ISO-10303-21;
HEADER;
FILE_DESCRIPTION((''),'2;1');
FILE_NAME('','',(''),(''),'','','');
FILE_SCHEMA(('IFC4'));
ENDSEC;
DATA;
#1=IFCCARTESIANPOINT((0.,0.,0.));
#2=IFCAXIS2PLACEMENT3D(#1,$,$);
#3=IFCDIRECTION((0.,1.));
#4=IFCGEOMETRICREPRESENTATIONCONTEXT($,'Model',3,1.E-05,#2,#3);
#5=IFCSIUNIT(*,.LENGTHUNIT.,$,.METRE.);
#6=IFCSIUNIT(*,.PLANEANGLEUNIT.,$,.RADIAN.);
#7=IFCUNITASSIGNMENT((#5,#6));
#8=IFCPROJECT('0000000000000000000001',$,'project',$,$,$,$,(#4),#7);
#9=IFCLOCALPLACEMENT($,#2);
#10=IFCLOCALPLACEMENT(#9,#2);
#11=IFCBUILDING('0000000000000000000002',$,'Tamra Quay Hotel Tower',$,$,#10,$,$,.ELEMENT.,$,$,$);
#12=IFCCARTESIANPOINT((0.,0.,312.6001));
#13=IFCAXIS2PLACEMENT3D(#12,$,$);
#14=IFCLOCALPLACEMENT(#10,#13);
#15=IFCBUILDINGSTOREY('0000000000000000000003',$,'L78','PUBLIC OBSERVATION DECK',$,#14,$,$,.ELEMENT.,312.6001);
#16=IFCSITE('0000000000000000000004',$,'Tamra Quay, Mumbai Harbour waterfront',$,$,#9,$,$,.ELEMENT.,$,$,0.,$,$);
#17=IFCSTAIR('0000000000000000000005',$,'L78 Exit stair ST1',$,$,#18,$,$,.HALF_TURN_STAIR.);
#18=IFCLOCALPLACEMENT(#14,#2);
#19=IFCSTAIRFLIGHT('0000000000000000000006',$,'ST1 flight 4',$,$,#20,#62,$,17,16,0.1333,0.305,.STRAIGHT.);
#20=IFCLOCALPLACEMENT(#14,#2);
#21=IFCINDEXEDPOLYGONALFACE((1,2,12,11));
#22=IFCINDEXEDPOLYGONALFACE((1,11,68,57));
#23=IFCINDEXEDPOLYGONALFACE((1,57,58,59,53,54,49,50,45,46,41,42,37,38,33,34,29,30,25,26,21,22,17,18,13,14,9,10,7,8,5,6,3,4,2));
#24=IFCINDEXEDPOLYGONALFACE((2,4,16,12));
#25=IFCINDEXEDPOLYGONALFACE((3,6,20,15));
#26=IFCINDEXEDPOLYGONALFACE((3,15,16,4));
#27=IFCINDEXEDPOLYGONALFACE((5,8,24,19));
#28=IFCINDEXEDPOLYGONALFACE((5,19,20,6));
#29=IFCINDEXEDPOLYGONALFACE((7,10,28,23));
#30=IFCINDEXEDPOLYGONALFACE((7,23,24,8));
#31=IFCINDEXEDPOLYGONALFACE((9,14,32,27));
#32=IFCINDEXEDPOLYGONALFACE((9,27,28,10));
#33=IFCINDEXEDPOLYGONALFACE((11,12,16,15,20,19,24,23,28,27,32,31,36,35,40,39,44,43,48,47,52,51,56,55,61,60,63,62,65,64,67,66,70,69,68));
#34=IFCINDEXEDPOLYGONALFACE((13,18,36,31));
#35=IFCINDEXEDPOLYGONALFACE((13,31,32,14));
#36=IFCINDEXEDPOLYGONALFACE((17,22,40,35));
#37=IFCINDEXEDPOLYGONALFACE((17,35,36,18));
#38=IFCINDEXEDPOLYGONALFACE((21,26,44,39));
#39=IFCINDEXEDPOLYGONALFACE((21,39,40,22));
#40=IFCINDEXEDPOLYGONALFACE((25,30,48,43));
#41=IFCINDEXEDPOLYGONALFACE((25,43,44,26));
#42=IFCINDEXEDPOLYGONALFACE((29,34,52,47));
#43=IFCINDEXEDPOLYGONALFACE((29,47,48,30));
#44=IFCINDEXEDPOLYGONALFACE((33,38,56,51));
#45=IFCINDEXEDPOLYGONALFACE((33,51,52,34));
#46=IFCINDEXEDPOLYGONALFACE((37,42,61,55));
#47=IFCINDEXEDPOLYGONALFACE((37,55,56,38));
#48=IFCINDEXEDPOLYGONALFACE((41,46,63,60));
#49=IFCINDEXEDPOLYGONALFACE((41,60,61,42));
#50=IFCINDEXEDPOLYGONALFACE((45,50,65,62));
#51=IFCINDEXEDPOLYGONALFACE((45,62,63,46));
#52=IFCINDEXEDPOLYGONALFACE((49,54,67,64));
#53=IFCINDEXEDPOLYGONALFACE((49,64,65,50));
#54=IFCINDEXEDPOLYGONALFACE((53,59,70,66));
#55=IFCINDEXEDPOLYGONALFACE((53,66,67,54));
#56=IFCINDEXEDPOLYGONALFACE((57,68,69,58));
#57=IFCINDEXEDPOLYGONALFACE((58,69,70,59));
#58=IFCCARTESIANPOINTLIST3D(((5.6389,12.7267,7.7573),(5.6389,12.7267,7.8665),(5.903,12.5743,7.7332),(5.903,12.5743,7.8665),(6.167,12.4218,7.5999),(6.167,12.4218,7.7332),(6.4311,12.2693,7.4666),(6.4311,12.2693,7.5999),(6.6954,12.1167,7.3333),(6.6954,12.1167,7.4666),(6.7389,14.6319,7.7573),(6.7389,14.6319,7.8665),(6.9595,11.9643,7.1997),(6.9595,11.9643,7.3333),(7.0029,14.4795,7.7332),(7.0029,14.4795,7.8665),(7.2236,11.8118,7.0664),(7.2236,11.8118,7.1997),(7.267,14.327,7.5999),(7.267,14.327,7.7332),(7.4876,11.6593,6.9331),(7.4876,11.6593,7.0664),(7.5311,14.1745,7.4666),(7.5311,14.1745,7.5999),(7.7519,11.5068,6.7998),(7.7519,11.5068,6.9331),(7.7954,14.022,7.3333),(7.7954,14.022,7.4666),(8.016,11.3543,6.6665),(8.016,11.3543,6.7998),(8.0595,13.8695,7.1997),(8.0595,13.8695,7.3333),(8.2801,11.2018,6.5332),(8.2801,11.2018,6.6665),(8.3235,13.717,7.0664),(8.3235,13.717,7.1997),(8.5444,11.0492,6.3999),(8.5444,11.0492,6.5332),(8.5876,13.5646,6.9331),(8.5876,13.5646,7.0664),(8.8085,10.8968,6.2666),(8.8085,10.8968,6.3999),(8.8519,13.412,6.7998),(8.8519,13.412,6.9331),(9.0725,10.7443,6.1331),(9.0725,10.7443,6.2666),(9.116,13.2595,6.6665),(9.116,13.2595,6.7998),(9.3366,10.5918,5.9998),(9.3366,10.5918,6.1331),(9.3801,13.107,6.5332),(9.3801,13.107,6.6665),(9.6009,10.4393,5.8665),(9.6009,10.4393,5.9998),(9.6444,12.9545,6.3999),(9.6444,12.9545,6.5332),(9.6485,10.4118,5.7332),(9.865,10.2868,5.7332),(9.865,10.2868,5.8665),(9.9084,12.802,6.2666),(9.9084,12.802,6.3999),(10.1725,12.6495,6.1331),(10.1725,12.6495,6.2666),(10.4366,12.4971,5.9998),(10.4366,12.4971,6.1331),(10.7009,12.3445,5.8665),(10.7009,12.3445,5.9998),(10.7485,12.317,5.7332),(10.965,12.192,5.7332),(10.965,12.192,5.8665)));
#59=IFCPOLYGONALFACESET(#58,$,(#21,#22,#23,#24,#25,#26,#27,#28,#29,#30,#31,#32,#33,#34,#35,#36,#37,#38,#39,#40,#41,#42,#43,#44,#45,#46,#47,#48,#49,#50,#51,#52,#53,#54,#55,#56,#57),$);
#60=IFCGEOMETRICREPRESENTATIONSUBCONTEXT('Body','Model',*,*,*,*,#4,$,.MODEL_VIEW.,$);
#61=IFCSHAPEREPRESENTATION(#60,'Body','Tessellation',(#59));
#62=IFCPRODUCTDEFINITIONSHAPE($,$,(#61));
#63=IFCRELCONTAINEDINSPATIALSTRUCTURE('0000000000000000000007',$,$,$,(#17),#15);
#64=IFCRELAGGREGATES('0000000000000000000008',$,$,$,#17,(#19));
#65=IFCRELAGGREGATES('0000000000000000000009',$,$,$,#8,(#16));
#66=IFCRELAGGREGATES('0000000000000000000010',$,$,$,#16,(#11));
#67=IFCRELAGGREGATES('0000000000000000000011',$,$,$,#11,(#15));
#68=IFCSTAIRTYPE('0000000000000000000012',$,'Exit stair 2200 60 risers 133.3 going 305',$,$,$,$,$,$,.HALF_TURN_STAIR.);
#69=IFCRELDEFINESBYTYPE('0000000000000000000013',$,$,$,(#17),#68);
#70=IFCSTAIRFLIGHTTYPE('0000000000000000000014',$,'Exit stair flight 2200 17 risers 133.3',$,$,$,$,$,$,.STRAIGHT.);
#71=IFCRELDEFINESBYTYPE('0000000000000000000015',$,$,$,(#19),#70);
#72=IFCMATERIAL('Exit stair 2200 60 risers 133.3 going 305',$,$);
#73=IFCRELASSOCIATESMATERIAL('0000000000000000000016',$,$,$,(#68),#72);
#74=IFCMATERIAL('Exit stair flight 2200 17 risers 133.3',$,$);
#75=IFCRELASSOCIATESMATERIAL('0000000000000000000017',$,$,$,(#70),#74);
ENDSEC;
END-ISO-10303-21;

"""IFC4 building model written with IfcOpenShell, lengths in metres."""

from ifc_helpers import new_model, si_unit, direction, frame, origin, place, context, subcontext, project, spatial, polyline, outline, extrude, material, type_object, element, aggregate, save


model = new_model("IFC4")

# Units and contexts
model_context = context("Model", 3, precision=1e-05, world=origin(), true_north=direction((0.0, 1.0)))
body_context = subcontext(model_context, "Body", "Model", "MODEL_VIEW")
ifc_project = project(units=[si_unit("LENGTHUNIT", "METRE"), si_unit("PLANEANGLEUNIT", "RADIAN")], contexts=[model_context])

# Site, building, storey
site_placement = place(None, origin())
site = spatial("IfcSite", under=ifc_project, at=site_placement, Name="Tamra Quay, Mumbai Harbour waterfront", CompositionType="ELEMENT", RefElevation=0.0)
building_placement = place(site_placement, origin())
building = spatial("IfcBuilding", under=site, at=building_placement, Name="Tamra Quay Hotel Tower", CompositionType="ELEMENT")
storey_placement = place(building_placement, frame((0.0, 0.0, 312.6001)))
storey = spatial("IfcBuildingStorey", under=building, at=storey_placement, Name="L78", Description="PUBLIC OBSERVATION DECK", CompositionType="ELEMENT", Elevation=312.6001)

# Shared definitions
ifc_material_1 = material(Name="Exit stair 2200 60 risers 133.3 going 305")
stair_type = type_object("IfcStairType", Name="Exit stair 2200 60 risers 133.3 going 305", PredefinedType="HALF_TURN_STAIR", material=ifc_material_1)

# Stair, stair flight
stair_1_placement = place(storey_placement, origin())
stair_1 = element("IfcStair", 1, at=stair_1_placement, inside=storey, type_object=stair_type, Name="L78 Exit stair ST1", PredefinedType="HALF_TURN_STAIR")
ifc_material_2 = material(Name="Exit stair flight 2200 17 risers 133.3")
stair_flight_type = type_object("IfcStairFlightType", Name="Exit stair flight 2200 17 risers 133.3", PredefinedType="STRAIGHT", material=ifc_material_2)
stair_flight_1_placement = place(storey_placement, frame((10.415, 11.2395, 5.7332), z_axis=(0.0, 0.0, 1.0), x_axis=(-0.866025, 0.5, 0.0)))
stair_flight_1 = element("IfcStairFlight", 2, at=stair_flight_1_placement, type_object=stair_flight_type, Name="ST1 flight 4", NumberOfRisers=17, NumberOfTreads=16, PredefinedType="STRAIGHT", RiserHeight=0.1333, TreadLength=0.305, context=body_context, shape_type="SweptSolid", body=[
    extrude(outline(polyline([(0.0, 0.0), (0.0, 0.1333), (0.3049, 0.1333), (0.3049, 0.2666), (0.6101, 0.2666), (0.6101, 0.3999), (0.915, 0.3999), (0.915, 0.5334), (1.22, 0.5334), (1.22, 0.6667), (1.5249, 0.6667), (1.5249, 0.8), (1.8301, 0.8), (1.8301, 0.9333), (2.135, 0.9333), (2.135, 1.0667), (2.4399, 1.0667), (2.4399, 1.2), (2.7451, 1.2), (2.7451, 1.3333), (3.05, 1.3333), (3.05, 1.4666), (3.355, 1.4666), (3.355, 1.6001), (3.6599, 1.6001), (3.6599, 1.7334), (3.9651, 1.7334), (3.9651, 1.8667), (4.27, 1.8667), (4.27, 2.0), (4.575, 2.0), (4.575, 2.1333), (4.8799, 2.1333), (4.8799, 2.2666), (4.8799, 2.0242), (0.25, 0.0), (0.0, 0.0)])), frame((0.0, 1.1001, 0.0), z_axis=(0.0, -1.0, 0.0), x_axis=(1.0, 0.0, 0.0)), (0.0, 0.0, 1.0), 2.2),
])
aggregate(stair_1, [stair_flight_1])

save(model, "model.ifc")
